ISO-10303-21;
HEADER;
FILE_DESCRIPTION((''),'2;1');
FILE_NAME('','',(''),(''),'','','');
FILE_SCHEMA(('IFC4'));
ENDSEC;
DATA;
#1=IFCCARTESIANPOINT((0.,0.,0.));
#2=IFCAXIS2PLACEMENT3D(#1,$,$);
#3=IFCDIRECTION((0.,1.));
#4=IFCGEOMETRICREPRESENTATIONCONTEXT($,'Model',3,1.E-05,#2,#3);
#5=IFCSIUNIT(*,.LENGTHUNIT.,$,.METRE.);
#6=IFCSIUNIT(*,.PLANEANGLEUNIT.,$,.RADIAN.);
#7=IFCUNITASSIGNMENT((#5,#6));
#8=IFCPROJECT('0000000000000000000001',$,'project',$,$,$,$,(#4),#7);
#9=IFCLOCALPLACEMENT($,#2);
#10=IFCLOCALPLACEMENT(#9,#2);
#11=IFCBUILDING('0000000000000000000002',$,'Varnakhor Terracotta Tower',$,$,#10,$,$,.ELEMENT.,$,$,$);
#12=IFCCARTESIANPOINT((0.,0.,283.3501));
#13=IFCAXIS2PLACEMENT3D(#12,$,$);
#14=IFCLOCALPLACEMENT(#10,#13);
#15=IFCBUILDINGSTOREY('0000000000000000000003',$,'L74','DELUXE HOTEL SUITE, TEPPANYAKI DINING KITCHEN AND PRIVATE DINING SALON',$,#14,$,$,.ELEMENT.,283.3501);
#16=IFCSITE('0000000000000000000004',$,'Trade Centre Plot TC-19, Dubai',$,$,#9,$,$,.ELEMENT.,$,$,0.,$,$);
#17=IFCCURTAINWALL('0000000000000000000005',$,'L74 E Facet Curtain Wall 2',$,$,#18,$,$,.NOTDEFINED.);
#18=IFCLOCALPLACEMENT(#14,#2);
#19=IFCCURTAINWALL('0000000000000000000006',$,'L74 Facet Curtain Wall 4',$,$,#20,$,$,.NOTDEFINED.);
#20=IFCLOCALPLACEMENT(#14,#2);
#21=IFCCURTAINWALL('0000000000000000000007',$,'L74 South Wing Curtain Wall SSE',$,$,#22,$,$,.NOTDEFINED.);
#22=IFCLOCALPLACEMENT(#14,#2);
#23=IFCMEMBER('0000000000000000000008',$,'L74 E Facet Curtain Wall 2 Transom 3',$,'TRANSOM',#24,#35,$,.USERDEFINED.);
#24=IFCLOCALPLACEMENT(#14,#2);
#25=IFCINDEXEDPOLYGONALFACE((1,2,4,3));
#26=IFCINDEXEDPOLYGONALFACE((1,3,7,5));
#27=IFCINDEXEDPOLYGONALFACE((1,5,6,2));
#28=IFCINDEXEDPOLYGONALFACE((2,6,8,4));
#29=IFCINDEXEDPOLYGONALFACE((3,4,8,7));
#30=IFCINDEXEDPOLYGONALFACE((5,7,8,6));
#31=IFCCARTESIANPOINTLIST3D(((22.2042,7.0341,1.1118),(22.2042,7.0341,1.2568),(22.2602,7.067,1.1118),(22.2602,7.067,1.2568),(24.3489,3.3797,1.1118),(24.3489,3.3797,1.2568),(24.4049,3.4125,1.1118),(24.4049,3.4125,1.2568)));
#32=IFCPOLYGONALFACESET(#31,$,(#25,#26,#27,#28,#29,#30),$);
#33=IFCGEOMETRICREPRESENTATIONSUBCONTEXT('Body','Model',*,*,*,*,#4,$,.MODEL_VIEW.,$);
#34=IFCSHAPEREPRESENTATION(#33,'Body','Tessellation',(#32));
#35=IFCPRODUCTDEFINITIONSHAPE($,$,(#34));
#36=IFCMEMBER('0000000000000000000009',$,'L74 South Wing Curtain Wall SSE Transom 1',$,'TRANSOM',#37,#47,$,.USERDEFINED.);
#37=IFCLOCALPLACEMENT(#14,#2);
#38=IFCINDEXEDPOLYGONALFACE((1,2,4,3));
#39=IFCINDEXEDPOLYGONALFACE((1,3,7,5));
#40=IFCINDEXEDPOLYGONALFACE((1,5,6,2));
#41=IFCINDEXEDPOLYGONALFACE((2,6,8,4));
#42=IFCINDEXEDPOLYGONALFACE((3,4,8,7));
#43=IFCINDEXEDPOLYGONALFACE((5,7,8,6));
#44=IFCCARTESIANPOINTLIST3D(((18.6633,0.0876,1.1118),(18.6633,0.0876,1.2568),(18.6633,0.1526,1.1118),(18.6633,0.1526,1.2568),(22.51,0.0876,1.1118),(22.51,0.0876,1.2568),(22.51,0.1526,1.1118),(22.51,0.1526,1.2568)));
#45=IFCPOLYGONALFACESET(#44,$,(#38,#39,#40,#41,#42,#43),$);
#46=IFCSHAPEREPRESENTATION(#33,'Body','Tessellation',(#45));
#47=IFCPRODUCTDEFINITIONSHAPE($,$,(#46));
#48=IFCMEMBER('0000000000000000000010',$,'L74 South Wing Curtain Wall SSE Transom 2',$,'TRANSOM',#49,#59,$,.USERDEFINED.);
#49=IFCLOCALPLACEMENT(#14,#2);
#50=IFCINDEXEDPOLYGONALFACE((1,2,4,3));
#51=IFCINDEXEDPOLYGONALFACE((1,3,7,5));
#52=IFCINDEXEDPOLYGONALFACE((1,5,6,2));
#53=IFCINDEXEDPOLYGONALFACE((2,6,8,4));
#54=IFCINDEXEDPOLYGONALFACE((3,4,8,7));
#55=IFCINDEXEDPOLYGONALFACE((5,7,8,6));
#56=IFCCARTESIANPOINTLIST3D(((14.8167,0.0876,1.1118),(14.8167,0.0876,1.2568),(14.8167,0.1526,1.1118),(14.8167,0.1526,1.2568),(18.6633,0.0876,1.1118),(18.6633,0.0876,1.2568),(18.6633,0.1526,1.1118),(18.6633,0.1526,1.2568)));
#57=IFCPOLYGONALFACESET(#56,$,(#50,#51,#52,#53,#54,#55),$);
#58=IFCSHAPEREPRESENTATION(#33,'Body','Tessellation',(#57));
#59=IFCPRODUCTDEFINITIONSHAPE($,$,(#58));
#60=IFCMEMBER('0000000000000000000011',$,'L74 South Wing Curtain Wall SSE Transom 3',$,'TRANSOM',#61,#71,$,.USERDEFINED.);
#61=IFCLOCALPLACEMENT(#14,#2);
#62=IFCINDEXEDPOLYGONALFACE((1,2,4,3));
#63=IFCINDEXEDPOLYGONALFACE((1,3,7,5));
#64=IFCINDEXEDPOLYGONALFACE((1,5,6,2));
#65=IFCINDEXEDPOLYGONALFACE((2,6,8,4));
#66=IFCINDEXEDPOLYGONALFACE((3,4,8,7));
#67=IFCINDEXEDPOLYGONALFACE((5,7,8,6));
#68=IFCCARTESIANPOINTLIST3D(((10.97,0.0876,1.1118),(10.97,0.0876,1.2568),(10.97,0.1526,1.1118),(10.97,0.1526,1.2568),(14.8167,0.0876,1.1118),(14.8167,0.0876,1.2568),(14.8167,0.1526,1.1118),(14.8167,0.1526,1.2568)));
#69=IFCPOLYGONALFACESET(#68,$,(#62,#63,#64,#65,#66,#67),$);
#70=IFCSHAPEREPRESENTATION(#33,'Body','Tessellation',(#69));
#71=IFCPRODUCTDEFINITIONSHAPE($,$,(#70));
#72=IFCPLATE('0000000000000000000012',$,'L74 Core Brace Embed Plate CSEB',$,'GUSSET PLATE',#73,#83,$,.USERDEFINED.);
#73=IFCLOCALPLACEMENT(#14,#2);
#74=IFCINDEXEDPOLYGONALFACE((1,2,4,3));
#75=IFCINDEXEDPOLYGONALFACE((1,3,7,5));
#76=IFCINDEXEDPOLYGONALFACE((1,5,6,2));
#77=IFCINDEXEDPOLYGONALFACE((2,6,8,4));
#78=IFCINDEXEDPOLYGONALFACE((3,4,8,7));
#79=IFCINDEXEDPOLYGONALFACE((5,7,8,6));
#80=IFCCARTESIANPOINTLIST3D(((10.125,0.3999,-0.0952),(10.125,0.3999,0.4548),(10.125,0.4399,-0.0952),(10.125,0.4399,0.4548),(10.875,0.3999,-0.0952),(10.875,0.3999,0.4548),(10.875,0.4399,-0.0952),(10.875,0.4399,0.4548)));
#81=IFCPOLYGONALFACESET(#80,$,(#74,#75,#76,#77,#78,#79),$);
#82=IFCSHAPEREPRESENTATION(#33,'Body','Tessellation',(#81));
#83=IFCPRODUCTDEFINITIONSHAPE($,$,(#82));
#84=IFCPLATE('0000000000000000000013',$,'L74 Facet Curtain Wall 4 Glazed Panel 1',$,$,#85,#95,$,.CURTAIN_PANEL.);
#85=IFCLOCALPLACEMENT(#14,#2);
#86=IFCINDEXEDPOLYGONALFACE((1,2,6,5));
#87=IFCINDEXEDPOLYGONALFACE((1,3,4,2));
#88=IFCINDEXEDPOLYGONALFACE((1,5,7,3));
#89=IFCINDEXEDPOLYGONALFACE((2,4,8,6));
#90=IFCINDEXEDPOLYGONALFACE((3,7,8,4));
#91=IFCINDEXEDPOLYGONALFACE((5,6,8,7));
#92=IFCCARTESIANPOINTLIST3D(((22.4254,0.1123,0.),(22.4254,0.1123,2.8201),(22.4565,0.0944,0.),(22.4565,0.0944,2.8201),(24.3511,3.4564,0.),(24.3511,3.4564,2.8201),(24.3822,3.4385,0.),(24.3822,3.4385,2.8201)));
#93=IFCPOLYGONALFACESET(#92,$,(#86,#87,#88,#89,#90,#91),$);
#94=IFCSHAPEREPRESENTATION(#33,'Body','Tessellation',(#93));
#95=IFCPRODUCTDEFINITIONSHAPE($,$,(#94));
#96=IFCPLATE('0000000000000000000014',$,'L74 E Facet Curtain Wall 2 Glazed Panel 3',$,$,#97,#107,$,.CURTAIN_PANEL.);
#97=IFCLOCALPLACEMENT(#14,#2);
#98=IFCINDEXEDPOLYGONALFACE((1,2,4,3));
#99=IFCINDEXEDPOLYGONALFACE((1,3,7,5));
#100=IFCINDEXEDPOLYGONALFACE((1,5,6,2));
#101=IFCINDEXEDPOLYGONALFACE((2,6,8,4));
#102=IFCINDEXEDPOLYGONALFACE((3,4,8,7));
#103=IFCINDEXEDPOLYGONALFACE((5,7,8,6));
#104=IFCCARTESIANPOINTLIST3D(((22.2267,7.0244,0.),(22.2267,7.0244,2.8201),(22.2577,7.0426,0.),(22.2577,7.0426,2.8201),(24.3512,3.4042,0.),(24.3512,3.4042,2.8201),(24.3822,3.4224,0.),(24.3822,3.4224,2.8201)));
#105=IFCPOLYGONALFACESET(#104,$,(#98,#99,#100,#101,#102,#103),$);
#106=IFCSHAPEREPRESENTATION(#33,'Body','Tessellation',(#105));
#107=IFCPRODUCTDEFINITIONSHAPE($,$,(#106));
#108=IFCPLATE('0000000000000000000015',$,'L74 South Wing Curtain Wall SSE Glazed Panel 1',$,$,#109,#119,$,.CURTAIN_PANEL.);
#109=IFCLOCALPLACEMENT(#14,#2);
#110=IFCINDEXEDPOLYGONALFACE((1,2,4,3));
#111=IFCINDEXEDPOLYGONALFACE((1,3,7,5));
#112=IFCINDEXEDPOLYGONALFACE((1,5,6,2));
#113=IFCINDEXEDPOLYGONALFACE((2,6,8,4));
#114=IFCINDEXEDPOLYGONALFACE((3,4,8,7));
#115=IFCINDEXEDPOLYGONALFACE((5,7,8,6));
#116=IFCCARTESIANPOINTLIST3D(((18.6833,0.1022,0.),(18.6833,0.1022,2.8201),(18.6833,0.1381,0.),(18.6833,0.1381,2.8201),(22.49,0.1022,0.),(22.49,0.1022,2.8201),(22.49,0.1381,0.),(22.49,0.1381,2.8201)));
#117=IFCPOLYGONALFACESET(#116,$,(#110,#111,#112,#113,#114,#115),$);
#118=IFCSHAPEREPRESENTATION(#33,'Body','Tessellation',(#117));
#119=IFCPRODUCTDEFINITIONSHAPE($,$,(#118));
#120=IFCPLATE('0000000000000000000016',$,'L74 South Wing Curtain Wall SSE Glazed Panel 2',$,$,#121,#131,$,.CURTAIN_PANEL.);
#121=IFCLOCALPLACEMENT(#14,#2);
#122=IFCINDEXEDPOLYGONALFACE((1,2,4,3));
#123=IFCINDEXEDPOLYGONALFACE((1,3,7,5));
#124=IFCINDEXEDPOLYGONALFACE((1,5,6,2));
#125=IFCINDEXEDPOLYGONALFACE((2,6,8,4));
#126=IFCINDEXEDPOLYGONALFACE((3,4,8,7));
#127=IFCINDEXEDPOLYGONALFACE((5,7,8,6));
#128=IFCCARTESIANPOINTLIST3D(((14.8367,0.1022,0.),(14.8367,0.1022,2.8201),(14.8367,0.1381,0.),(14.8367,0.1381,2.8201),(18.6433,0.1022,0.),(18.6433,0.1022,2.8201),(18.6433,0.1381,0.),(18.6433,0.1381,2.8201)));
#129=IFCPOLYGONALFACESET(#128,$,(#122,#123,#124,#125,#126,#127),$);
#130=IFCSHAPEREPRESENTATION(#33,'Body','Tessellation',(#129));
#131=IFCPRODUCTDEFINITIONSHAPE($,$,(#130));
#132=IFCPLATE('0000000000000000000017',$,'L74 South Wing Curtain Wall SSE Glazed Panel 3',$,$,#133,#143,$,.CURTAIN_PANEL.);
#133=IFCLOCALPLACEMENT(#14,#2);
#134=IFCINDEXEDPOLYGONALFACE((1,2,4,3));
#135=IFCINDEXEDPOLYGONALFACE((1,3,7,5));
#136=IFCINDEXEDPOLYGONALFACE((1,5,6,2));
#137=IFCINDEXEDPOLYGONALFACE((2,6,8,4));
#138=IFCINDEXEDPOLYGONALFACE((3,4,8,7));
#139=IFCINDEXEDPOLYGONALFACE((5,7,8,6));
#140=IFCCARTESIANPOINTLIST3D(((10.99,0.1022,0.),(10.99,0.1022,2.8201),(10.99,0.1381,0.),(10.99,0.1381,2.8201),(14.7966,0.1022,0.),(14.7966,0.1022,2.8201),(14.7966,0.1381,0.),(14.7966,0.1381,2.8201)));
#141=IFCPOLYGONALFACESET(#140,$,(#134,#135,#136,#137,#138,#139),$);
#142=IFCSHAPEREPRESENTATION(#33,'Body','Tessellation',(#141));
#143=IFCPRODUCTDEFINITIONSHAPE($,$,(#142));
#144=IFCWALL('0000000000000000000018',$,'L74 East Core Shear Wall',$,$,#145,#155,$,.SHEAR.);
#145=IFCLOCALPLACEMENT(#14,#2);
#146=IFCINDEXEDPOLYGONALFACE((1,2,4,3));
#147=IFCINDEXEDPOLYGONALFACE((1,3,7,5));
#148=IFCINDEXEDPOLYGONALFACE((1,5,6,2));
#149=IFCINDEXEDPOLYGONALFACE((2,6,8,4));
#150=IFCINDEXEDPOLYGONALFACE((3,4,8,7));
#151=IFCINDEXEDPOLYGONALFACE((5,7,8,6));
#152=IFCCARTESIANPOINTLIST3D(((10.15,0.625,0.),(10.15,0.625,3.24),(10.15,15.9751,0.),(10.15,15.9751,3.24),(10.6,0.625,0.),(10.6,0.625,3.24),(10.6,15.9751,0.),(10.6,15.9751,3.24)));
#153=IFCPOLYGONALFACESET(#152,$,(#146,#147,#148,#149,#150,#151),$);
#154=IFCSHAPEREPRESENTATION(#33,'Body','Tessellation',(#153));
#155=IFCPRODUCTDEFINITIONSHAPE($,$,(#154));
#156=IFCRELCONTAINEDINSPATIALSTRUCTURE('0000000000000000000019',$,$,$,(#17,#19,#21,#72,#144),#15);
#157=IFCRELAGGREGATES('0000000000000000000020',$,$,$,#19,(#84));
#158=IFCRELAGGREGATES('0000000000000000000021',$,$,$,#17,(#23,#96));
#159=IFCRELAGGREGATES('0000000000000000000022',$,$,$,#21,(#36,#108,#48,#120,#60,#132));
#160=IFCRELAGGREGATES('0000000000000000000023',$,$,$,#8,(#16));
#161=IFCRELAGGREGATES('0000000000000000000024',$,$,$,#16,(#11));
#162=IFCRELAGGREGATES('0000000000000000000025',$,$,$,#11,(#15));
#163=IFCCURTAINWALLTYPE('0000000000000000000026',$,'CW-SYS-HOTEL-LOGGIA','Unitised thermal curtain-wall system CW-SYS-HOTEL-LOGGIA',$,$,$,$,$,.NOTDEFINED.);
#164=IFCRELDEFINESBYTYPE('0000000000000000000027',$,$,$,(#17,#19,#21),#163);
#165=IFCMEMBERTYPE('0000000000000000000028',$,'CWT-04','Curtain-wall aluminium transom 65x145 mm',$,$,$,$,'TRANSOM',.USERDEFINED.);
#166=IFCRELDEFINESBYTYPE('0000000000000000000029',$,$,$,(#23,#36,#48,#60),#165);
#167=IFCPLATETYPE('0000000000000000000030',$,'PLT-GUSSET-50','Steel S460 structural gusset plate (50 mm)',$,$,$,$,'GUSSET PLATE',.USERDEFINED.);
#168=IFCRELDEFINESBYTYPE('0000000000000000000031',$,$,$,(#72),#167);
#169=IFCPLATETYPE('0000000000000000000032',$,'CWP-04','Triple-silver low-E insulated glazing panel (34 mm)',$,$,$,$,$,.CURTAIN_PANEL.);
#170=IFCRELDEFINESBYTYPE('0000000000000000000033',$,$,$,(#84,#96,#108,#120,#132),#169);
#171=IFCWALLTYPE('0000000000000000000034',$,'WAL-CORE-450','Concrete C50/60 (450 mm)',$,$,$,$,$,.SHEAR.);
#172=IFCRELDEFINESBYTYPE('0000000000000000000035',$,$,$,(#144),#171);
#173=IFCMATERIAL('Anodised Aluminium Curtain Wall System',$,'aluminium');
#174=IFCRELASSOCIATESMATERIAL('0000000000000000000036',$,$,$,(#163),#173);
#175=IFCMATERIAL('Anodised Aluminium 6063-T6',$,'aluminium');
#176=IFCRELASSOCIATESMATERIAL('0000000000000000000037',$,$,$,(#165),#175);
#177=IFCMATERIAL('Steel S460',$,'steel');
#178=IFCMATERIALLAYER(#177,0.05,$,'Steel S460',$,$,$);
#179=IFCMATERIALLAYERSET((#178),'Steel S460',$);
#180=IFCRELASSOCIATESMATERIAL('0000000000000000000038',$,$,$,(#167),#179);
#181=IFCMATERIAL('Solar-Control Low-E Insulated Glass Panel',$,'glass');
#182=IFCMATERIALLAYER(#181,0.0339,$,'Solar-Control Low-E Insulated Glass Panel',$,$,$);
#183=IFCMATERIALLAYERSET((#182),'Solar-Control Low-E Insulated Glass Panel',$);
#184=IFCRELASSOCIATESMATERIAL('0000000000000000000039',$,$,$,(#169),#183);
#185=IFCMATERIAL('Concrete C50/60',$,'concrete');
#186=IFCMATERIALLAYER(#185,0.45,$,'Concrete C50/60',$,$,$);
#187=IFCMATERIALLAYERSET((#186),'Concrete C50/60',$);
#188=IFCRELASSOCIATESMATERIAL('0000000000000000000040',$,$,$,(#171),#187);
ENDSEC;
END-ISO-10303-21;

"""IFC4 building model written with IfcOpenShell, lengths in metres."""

from ifc_helpers import new_model, si_unit, direction, frame, frame_2d, origin, origin_2d, place, context, subcontext, project, spatial, rectangle, extrude, source, transform, mapped, material, layer, layer_set, material_profile, profile_set, type_object, type_shapes, element, aggregate, save


model = new_model("IFC4")

# Units and contexts
model_context = context("Model", 3, precision=1e-05, world=origin(), true_north=direction((0.0, 1.0)))
body_context = subcontext(model_context, "Body", "Model", "MODEL_VIEW")
ifc_project = project(units=[si_unit("LENGTHUNIT", "METRE"), si_unit("PLANEANGLEUNIT", "RADIAN")], contexts=[model_context])

# Site, building, storey
site_placement = place(None, origin())
site = spatial("IfcSite", under=ifc_project, at=site_placement, Name="Trade Centre Plot TC-19, Dubai", CompositionType="ELEMENT", RefElevation=0.0)
building_placement = place(site_placement, origin())
building = spatial("IfcBuilding", under=site, at=building_placement, Name="Varnakhor Terracotta Tower", CompositionType="ELEMENT")
storey_placement = place(building_placement, frame((0.0, 0.0, 283.3501)))
storey = spatial("IfcBuildingStorey", under=building, at=storey_placement, Name="L74", Description="DELUXE HOTEL SUITE, TEPPANYAKI DINING KITCHEN AND PRIVATE DINING SALON", CompositionType="ELEMENT", Elevation=283.3501)

# Shared definitions
ifc_material_1 = material(Name="Concrete C50/60", Category="concrete")

# Curtain walls
ifc_material_2 = material(Name="Anodised Aluminium Curtain Wall System", Category="aluminium")
curtain_wall_type = type_object("IfcCurtainWallType", Name="CW-SYS-HOTEL-LOGGIA", Description="Unitised thermal curtain-wall system CW-SYS-HOTEL-LOGGIA", PredefinedType="NOTDEFINED", material=ifc_material_2)
curtain_wall_1_placement = place(storey_placement, origin())
curtain_wall_1 = element("IfcCurtainWall", 1, at=curtain_wall_1_placement, inside=storey, type_object=curtain_wall_type, Name="L74 E Facet Curtain Wall 2", PredefinedType="NOTDEFINED")
ifc_material_3 = material(Name="Anodised Aluminium 6063-T6", Category="aluminium")
curtain_wall_2_placement = place(storey_placement, origin())
curtain_wall_2 = element("IfcCurtainWall", 2, at=curtain_wall_2_placement, inside=storey, type_object=curtain_wall_type, Name="L74 Facet Curtain Wall 4", PredefinedType="NOTDEFINED")

# Curtain wall
curtain_wall_3_placement = place(storey_placement, origin())
curtain_wall_3 = element("IfcCurtainWall", 3, at=curtain_wall_3_placement, inside=storey, type_object=curtain_wall_type, Name="L74 South Wing Curtain Wall SSE", PredefinedType="NOTDEFINED")

# Members
ifc_material_profile_1 = material_profile(ifc_material_3, rectangle(XDim=0.0649, YDim=0.145, at=origin_2d()), Name="ALU TRANSOM 65x145")
ifc_profile_set_1 = profile_set([ifc_material_profile_1], Name="Anodised Aluminium 6063-T6")
member_type_1 = type_object("IfcMemberType", Name="CWT-04", Description="Curtain-wall aluminium transom 65x145 mm", ElementType="TRANSOM", PredefinedType="USERDEFINED", material=ifc_profile_set_1)
shared_shape_1 = source(origin(), body_context, "Body", "SweptSolid", [
    extrude(rectangle(XDim=0.0649, YDim=0.145, at=origin_2d()), origin(), (0.0, 0.0, 1.0), 4.2373),
])
member_1_placement = place(storey_placement, frame((22.2322, 7.0505, 1.1843), z_axis=(0.506151, -0.862445, 0.0), x_axis=(0.862445, 0.506151, 0.0)))
member_1 = element("IfcMember", 4, at=member_1_placement, type_object=member_type_1, Name="L74 E Facet Curtain Wall 2 Transom 3", ObjectType="TRANSOM", PredefinedType="USERDEFINED", context=body_context, shape_type="MappedRepresentation", body=[
    mapped(shared_shape_1, transform((0.0, 0.0, 0.0), scale=1.0)),
])
shared_shape_2 = source(origin(), body_context, "Body", "SweptSolid", [
    extrude(rectangle(XDim=0.0649, YDim=0.145, at=origin_2d()), origin(), (0.0, 0.0, 1.0), 3.8467),
])
member_2_placement = place(storey_placement, frame((22.51, 0.1201, 1.1843), z_axis=(-1.0, 0.0, 0.0), x_axis=(0.0, -1.0, 0.0)))
member_2 = element("IfcMember", 5, at=member_2_placement, type_object=member_type_1, Name="L74 South Wing Curtain Wall SSE Transom 1", ObjectType="TRANSOM", PredefinedType="USERDEFINED", context=body_context, shape_type="MappedRepresentation", body=[
    mapped(shared_shape_2, transform((0.0, 0.0, 0.0), scale=1.0)),
])
member_3_placement = place(storey_placement, frame((18.6633, 0.1201, 1.1843), z_axis=(-1.0, 0.0, 0.0), x_axis=(0.0, -1.0, 0.0)))
member_3 = element("IfcMember", 6, at=member_3_placement, type_object=member_type_1, Name="L74 South Wing Curtain Wall SSE Transom 2", ObjectType="TRANSOM", PredefinedType="USERDEFINED", context=body_context, shape_type="MappedRepresentation", body=[
    mapped(shared_shape_2, transform((0.0, 0.0, 0.0), scale=1.0)),
])
member_4_placement = place(storey_placement, frame((14.8167, 0.1201, 1.1843), z_axis=(-1.0, 0.0, 0.0), x_axis=(0.0, -1.0, 0.0)))
member_4 = element("IfcMember", 7, at=member_4_placement, type_object=member_type_1, Name="L74 South Wing Curtain Wall SSE Transom 3", ObjectType="TRANSOM", PredefinedType="USERDEFINED", context=body_context, shape_type="MappedRepresentation", body=[
    mapped(shared_shape_2, transform((0.0, 0.0, 0.0), scale=1.0)),
])

# Plates
ifc_material_4 = material(Name="Steel S460", Category="steel")
ifc_layer_1 = layer(ifc_material_4, 0.05, Name="Steel S460")
ifc_layer_set_1 = layer_set([ifc_layer_1], Name="Steel S460")
plate_type_1 = type_object("IfcPlateType", Name="PLT-GUSSET-50", Description="Steel S460 structural gusset plate (50 mm)", ElementType="GUSSET PLATE", PredefinedType="USERDEFINED", material=ifc_layer_set_1)
shared_shape_3 = source(origin(), body_context, "Body", "SweptSolid", [
    extrude(rectangle(XDim=0.75, YDim=0.04, at=origin_2d()), origin(), (0.0, 0.0, 1.0), 0.55),
])
type_shapes(plate_type_1, [shared_shape_3])
plate_1_placement = place(storey_placement, frame((10.5, 0.4199, -0.0952), z_axis=(0.0, 0.0, 1.0), x_axis=(1.0, 0.0, 0.0)))
element("IfcPlate", 8, at=plate_1_placement, inside=storey, type_object=plate_type_1, Name="L74 Core Brace Embed Plate CSEB", ObjectType="GUSSET PLATE", PredefinedType="USERDEFINED", context=body_context, shape_type="MappedRepresentation", body=[
    mapped(shared_shape_3, transform((0.0, 0.0, 0.0), scale=1.0)),
])
ifc_material_5 = material(Name="Solar-Control Low-E Insulated Glass Panel", Category="glass")
ifc_layer_2 = layer(ifc_material_5, 0.0339, Name="Solar-Control Low-E Insulated Glass Panel")
ifc_layer_set_2 = layer_set([ifc_layer_2], Name="Solar-Control Low-E Insulated Glass Panel")
plate_type_2 = type_object("IfcPlateType", Name="CWP-04", Description="Triple-silver low-E insulated glazing panel (34 mm)", PredefinedType="CURTAIN_PANEL", material=ifc_layer_set_2)
shared_shape_4 = source(origin(), body_context, "Body", "SweptSolid", [
    extrude(rectangle(XDim=3.8589, YDim=0.0359, at=origin_2d()), origin(), (0.0, 0.0, 1.0), 2.8201),
])
plate_2_placement = place(storey_placement, frame((23.4038, 1.7754, 0.0), z_axis=(0.0, 0.0, 1.0), x_axis=(-0.499017, -0.866592, 0.0)))
plate_2 = element("IfcPlate", 9, at=plate_2_placement, type_object=plate_type_2, Name="L74 Facet Curtain Wall 4 Glazed Panel 1", PredefinedType="CURTAIN_PANEL", context=body_context, shape_type="MappedRepresentation", body=[
    mapped(shared_shape_4, transform((0.0, 0.0, 0.0), scale=1.0)),
])
aggregate(curtain_wall_2, [plate_2])
shared_shape_5 = source(origin(), body_context, "Body", "SweptSolid", [
    extrude(rectangle(XDim=4.1975, YDim=0.0359, at=origin_2d()), origin(), (0.0, 0.0, 1.0), 2.8201),
])
plate_3_placement = place(storey_placement, frame((23.3044, 5.2234, 0.0), z_axis=(0.0, 0.0, 1.0), x_axis=(0.506124, -0.862461, 0.0)))
plate_3 = element("IfcPlate", 10, at=plate_3_placement, type_object=plate_type_2, Name="L74 E Facet Curtain Wall 2 Glazed Panel 3", PredefinedType="CURTAIN_PANEL", context=body_context, shape_type="MappedRepresentation", body=[
    mapped(shared_shape_5, transform((0.0, 0.0, 0.0), scale=1.0)),
])
aggregate(curtain_wall_1, [member_1, plate_3])
shared_shape_6 = source(origin(), body_context, "Body", "SweptSolid", [
    extrude(rectangle(XDim=3.8066, YDim=0.0359, at=origin_2d()), origin(), (0.0, 0.0, 1.0), 2.8201),
])
plate_4_placement = place(storey_placement, frame((20.5867, 0.1201, 0.0), z_axis=(0.0, 0.0, 1.0), x_axis=(-1.0, 0.0, 0.0)))
plate_4 = element("IfcPlate", 11, at=plate_4_placement, type_object=plate_type_2, Name="L74 South Wing Curtain Wall SSE Glazed Panel 1", PredefinedType="CURTAIN_PANEL", context=body_context, shape_type="MappedRepresentation", body=[
    mapped(shared_shape_6, transform((0.0, 0.0, 0.0), scale=1.0)),
])
plate_5_placement = place(storey_placement, frame((16.74, 0.1201, 0.0), z_axis=(0.0, 0.0, 1.0), x_axis=(-1.0, 0.0, 0.0)))
plate_5 = element("IfcPlate", 12, at=plate_5_placement, type_object=plate_type_2, Name="L74 South Wing Curtain Wall SSE Glazed Panel 2", PredefinedType="CURTAIN_PANEL", context=body_context, shape_type="MappedRepresentation", body=[
    mapped(shared_shape_6, transform((0.0, 0.0, 0.0), scale=1.0)),
])
plate_6_placement = place(storey_placement, frame((12.8933, 0.1201, 0.0), z_axis=(0.0, 0.0, 1.0), x_axis=(-1.0, 0.0, 0.0)))
plate_6 = element("IfcPlate", 13, at=plate_6_placement, type_object=plate_type_2, Name="L74 South Wing Curtain Wall SSE Glazed Panel 3", PredefinedType="CURTAIN_PANEL", context=body_context, shape_type="MappedRepresentation", body=[
    mapped(shared_shape_6, transform((0.0, 0.0, 0.0), scale=1.0)),
])
aggregate(curtain_wall_3, [member_2, plate_4, member_3, plate_5, member_4, plate_6])

# Wall
ifc_layer_3 = layer(ifc_material_1, 0.45, Name="Concrete C50/60")
ifc_layer_set_3 = layer_set([ifc_layer_3], Name="Concrete C50/60")
wall_type_1 = type_object("IfcWallType", Name="WAL-CORE-450", Description="Concrete C50/60 (450 mm)", PredefinedType="SHEAR", material=ifc_layer_set_3)
wall_1_placement = place(storey_placement, frame((10.375, 0.625, 0.0), z_axis=(0.0, 0.0, 1.0), x_axis=(0.0, 1.0, 0.0)))
element("IfcWall", 14, at=wall_1_placement, inside=storey, type_object=wall_type_1, Name="L74 East Core Shear Wall", PredefinedType="SHEAR", context=body_context, shape_type="SweptSolid", body=[
    extrude(rectangle(XDim=15.3501, YDim=0.45, at=frame_2d((7.675, 0.0))), origin(), (0.0, 0.0, 1.0), 3.24),
])

save(model, "model.ifc")
